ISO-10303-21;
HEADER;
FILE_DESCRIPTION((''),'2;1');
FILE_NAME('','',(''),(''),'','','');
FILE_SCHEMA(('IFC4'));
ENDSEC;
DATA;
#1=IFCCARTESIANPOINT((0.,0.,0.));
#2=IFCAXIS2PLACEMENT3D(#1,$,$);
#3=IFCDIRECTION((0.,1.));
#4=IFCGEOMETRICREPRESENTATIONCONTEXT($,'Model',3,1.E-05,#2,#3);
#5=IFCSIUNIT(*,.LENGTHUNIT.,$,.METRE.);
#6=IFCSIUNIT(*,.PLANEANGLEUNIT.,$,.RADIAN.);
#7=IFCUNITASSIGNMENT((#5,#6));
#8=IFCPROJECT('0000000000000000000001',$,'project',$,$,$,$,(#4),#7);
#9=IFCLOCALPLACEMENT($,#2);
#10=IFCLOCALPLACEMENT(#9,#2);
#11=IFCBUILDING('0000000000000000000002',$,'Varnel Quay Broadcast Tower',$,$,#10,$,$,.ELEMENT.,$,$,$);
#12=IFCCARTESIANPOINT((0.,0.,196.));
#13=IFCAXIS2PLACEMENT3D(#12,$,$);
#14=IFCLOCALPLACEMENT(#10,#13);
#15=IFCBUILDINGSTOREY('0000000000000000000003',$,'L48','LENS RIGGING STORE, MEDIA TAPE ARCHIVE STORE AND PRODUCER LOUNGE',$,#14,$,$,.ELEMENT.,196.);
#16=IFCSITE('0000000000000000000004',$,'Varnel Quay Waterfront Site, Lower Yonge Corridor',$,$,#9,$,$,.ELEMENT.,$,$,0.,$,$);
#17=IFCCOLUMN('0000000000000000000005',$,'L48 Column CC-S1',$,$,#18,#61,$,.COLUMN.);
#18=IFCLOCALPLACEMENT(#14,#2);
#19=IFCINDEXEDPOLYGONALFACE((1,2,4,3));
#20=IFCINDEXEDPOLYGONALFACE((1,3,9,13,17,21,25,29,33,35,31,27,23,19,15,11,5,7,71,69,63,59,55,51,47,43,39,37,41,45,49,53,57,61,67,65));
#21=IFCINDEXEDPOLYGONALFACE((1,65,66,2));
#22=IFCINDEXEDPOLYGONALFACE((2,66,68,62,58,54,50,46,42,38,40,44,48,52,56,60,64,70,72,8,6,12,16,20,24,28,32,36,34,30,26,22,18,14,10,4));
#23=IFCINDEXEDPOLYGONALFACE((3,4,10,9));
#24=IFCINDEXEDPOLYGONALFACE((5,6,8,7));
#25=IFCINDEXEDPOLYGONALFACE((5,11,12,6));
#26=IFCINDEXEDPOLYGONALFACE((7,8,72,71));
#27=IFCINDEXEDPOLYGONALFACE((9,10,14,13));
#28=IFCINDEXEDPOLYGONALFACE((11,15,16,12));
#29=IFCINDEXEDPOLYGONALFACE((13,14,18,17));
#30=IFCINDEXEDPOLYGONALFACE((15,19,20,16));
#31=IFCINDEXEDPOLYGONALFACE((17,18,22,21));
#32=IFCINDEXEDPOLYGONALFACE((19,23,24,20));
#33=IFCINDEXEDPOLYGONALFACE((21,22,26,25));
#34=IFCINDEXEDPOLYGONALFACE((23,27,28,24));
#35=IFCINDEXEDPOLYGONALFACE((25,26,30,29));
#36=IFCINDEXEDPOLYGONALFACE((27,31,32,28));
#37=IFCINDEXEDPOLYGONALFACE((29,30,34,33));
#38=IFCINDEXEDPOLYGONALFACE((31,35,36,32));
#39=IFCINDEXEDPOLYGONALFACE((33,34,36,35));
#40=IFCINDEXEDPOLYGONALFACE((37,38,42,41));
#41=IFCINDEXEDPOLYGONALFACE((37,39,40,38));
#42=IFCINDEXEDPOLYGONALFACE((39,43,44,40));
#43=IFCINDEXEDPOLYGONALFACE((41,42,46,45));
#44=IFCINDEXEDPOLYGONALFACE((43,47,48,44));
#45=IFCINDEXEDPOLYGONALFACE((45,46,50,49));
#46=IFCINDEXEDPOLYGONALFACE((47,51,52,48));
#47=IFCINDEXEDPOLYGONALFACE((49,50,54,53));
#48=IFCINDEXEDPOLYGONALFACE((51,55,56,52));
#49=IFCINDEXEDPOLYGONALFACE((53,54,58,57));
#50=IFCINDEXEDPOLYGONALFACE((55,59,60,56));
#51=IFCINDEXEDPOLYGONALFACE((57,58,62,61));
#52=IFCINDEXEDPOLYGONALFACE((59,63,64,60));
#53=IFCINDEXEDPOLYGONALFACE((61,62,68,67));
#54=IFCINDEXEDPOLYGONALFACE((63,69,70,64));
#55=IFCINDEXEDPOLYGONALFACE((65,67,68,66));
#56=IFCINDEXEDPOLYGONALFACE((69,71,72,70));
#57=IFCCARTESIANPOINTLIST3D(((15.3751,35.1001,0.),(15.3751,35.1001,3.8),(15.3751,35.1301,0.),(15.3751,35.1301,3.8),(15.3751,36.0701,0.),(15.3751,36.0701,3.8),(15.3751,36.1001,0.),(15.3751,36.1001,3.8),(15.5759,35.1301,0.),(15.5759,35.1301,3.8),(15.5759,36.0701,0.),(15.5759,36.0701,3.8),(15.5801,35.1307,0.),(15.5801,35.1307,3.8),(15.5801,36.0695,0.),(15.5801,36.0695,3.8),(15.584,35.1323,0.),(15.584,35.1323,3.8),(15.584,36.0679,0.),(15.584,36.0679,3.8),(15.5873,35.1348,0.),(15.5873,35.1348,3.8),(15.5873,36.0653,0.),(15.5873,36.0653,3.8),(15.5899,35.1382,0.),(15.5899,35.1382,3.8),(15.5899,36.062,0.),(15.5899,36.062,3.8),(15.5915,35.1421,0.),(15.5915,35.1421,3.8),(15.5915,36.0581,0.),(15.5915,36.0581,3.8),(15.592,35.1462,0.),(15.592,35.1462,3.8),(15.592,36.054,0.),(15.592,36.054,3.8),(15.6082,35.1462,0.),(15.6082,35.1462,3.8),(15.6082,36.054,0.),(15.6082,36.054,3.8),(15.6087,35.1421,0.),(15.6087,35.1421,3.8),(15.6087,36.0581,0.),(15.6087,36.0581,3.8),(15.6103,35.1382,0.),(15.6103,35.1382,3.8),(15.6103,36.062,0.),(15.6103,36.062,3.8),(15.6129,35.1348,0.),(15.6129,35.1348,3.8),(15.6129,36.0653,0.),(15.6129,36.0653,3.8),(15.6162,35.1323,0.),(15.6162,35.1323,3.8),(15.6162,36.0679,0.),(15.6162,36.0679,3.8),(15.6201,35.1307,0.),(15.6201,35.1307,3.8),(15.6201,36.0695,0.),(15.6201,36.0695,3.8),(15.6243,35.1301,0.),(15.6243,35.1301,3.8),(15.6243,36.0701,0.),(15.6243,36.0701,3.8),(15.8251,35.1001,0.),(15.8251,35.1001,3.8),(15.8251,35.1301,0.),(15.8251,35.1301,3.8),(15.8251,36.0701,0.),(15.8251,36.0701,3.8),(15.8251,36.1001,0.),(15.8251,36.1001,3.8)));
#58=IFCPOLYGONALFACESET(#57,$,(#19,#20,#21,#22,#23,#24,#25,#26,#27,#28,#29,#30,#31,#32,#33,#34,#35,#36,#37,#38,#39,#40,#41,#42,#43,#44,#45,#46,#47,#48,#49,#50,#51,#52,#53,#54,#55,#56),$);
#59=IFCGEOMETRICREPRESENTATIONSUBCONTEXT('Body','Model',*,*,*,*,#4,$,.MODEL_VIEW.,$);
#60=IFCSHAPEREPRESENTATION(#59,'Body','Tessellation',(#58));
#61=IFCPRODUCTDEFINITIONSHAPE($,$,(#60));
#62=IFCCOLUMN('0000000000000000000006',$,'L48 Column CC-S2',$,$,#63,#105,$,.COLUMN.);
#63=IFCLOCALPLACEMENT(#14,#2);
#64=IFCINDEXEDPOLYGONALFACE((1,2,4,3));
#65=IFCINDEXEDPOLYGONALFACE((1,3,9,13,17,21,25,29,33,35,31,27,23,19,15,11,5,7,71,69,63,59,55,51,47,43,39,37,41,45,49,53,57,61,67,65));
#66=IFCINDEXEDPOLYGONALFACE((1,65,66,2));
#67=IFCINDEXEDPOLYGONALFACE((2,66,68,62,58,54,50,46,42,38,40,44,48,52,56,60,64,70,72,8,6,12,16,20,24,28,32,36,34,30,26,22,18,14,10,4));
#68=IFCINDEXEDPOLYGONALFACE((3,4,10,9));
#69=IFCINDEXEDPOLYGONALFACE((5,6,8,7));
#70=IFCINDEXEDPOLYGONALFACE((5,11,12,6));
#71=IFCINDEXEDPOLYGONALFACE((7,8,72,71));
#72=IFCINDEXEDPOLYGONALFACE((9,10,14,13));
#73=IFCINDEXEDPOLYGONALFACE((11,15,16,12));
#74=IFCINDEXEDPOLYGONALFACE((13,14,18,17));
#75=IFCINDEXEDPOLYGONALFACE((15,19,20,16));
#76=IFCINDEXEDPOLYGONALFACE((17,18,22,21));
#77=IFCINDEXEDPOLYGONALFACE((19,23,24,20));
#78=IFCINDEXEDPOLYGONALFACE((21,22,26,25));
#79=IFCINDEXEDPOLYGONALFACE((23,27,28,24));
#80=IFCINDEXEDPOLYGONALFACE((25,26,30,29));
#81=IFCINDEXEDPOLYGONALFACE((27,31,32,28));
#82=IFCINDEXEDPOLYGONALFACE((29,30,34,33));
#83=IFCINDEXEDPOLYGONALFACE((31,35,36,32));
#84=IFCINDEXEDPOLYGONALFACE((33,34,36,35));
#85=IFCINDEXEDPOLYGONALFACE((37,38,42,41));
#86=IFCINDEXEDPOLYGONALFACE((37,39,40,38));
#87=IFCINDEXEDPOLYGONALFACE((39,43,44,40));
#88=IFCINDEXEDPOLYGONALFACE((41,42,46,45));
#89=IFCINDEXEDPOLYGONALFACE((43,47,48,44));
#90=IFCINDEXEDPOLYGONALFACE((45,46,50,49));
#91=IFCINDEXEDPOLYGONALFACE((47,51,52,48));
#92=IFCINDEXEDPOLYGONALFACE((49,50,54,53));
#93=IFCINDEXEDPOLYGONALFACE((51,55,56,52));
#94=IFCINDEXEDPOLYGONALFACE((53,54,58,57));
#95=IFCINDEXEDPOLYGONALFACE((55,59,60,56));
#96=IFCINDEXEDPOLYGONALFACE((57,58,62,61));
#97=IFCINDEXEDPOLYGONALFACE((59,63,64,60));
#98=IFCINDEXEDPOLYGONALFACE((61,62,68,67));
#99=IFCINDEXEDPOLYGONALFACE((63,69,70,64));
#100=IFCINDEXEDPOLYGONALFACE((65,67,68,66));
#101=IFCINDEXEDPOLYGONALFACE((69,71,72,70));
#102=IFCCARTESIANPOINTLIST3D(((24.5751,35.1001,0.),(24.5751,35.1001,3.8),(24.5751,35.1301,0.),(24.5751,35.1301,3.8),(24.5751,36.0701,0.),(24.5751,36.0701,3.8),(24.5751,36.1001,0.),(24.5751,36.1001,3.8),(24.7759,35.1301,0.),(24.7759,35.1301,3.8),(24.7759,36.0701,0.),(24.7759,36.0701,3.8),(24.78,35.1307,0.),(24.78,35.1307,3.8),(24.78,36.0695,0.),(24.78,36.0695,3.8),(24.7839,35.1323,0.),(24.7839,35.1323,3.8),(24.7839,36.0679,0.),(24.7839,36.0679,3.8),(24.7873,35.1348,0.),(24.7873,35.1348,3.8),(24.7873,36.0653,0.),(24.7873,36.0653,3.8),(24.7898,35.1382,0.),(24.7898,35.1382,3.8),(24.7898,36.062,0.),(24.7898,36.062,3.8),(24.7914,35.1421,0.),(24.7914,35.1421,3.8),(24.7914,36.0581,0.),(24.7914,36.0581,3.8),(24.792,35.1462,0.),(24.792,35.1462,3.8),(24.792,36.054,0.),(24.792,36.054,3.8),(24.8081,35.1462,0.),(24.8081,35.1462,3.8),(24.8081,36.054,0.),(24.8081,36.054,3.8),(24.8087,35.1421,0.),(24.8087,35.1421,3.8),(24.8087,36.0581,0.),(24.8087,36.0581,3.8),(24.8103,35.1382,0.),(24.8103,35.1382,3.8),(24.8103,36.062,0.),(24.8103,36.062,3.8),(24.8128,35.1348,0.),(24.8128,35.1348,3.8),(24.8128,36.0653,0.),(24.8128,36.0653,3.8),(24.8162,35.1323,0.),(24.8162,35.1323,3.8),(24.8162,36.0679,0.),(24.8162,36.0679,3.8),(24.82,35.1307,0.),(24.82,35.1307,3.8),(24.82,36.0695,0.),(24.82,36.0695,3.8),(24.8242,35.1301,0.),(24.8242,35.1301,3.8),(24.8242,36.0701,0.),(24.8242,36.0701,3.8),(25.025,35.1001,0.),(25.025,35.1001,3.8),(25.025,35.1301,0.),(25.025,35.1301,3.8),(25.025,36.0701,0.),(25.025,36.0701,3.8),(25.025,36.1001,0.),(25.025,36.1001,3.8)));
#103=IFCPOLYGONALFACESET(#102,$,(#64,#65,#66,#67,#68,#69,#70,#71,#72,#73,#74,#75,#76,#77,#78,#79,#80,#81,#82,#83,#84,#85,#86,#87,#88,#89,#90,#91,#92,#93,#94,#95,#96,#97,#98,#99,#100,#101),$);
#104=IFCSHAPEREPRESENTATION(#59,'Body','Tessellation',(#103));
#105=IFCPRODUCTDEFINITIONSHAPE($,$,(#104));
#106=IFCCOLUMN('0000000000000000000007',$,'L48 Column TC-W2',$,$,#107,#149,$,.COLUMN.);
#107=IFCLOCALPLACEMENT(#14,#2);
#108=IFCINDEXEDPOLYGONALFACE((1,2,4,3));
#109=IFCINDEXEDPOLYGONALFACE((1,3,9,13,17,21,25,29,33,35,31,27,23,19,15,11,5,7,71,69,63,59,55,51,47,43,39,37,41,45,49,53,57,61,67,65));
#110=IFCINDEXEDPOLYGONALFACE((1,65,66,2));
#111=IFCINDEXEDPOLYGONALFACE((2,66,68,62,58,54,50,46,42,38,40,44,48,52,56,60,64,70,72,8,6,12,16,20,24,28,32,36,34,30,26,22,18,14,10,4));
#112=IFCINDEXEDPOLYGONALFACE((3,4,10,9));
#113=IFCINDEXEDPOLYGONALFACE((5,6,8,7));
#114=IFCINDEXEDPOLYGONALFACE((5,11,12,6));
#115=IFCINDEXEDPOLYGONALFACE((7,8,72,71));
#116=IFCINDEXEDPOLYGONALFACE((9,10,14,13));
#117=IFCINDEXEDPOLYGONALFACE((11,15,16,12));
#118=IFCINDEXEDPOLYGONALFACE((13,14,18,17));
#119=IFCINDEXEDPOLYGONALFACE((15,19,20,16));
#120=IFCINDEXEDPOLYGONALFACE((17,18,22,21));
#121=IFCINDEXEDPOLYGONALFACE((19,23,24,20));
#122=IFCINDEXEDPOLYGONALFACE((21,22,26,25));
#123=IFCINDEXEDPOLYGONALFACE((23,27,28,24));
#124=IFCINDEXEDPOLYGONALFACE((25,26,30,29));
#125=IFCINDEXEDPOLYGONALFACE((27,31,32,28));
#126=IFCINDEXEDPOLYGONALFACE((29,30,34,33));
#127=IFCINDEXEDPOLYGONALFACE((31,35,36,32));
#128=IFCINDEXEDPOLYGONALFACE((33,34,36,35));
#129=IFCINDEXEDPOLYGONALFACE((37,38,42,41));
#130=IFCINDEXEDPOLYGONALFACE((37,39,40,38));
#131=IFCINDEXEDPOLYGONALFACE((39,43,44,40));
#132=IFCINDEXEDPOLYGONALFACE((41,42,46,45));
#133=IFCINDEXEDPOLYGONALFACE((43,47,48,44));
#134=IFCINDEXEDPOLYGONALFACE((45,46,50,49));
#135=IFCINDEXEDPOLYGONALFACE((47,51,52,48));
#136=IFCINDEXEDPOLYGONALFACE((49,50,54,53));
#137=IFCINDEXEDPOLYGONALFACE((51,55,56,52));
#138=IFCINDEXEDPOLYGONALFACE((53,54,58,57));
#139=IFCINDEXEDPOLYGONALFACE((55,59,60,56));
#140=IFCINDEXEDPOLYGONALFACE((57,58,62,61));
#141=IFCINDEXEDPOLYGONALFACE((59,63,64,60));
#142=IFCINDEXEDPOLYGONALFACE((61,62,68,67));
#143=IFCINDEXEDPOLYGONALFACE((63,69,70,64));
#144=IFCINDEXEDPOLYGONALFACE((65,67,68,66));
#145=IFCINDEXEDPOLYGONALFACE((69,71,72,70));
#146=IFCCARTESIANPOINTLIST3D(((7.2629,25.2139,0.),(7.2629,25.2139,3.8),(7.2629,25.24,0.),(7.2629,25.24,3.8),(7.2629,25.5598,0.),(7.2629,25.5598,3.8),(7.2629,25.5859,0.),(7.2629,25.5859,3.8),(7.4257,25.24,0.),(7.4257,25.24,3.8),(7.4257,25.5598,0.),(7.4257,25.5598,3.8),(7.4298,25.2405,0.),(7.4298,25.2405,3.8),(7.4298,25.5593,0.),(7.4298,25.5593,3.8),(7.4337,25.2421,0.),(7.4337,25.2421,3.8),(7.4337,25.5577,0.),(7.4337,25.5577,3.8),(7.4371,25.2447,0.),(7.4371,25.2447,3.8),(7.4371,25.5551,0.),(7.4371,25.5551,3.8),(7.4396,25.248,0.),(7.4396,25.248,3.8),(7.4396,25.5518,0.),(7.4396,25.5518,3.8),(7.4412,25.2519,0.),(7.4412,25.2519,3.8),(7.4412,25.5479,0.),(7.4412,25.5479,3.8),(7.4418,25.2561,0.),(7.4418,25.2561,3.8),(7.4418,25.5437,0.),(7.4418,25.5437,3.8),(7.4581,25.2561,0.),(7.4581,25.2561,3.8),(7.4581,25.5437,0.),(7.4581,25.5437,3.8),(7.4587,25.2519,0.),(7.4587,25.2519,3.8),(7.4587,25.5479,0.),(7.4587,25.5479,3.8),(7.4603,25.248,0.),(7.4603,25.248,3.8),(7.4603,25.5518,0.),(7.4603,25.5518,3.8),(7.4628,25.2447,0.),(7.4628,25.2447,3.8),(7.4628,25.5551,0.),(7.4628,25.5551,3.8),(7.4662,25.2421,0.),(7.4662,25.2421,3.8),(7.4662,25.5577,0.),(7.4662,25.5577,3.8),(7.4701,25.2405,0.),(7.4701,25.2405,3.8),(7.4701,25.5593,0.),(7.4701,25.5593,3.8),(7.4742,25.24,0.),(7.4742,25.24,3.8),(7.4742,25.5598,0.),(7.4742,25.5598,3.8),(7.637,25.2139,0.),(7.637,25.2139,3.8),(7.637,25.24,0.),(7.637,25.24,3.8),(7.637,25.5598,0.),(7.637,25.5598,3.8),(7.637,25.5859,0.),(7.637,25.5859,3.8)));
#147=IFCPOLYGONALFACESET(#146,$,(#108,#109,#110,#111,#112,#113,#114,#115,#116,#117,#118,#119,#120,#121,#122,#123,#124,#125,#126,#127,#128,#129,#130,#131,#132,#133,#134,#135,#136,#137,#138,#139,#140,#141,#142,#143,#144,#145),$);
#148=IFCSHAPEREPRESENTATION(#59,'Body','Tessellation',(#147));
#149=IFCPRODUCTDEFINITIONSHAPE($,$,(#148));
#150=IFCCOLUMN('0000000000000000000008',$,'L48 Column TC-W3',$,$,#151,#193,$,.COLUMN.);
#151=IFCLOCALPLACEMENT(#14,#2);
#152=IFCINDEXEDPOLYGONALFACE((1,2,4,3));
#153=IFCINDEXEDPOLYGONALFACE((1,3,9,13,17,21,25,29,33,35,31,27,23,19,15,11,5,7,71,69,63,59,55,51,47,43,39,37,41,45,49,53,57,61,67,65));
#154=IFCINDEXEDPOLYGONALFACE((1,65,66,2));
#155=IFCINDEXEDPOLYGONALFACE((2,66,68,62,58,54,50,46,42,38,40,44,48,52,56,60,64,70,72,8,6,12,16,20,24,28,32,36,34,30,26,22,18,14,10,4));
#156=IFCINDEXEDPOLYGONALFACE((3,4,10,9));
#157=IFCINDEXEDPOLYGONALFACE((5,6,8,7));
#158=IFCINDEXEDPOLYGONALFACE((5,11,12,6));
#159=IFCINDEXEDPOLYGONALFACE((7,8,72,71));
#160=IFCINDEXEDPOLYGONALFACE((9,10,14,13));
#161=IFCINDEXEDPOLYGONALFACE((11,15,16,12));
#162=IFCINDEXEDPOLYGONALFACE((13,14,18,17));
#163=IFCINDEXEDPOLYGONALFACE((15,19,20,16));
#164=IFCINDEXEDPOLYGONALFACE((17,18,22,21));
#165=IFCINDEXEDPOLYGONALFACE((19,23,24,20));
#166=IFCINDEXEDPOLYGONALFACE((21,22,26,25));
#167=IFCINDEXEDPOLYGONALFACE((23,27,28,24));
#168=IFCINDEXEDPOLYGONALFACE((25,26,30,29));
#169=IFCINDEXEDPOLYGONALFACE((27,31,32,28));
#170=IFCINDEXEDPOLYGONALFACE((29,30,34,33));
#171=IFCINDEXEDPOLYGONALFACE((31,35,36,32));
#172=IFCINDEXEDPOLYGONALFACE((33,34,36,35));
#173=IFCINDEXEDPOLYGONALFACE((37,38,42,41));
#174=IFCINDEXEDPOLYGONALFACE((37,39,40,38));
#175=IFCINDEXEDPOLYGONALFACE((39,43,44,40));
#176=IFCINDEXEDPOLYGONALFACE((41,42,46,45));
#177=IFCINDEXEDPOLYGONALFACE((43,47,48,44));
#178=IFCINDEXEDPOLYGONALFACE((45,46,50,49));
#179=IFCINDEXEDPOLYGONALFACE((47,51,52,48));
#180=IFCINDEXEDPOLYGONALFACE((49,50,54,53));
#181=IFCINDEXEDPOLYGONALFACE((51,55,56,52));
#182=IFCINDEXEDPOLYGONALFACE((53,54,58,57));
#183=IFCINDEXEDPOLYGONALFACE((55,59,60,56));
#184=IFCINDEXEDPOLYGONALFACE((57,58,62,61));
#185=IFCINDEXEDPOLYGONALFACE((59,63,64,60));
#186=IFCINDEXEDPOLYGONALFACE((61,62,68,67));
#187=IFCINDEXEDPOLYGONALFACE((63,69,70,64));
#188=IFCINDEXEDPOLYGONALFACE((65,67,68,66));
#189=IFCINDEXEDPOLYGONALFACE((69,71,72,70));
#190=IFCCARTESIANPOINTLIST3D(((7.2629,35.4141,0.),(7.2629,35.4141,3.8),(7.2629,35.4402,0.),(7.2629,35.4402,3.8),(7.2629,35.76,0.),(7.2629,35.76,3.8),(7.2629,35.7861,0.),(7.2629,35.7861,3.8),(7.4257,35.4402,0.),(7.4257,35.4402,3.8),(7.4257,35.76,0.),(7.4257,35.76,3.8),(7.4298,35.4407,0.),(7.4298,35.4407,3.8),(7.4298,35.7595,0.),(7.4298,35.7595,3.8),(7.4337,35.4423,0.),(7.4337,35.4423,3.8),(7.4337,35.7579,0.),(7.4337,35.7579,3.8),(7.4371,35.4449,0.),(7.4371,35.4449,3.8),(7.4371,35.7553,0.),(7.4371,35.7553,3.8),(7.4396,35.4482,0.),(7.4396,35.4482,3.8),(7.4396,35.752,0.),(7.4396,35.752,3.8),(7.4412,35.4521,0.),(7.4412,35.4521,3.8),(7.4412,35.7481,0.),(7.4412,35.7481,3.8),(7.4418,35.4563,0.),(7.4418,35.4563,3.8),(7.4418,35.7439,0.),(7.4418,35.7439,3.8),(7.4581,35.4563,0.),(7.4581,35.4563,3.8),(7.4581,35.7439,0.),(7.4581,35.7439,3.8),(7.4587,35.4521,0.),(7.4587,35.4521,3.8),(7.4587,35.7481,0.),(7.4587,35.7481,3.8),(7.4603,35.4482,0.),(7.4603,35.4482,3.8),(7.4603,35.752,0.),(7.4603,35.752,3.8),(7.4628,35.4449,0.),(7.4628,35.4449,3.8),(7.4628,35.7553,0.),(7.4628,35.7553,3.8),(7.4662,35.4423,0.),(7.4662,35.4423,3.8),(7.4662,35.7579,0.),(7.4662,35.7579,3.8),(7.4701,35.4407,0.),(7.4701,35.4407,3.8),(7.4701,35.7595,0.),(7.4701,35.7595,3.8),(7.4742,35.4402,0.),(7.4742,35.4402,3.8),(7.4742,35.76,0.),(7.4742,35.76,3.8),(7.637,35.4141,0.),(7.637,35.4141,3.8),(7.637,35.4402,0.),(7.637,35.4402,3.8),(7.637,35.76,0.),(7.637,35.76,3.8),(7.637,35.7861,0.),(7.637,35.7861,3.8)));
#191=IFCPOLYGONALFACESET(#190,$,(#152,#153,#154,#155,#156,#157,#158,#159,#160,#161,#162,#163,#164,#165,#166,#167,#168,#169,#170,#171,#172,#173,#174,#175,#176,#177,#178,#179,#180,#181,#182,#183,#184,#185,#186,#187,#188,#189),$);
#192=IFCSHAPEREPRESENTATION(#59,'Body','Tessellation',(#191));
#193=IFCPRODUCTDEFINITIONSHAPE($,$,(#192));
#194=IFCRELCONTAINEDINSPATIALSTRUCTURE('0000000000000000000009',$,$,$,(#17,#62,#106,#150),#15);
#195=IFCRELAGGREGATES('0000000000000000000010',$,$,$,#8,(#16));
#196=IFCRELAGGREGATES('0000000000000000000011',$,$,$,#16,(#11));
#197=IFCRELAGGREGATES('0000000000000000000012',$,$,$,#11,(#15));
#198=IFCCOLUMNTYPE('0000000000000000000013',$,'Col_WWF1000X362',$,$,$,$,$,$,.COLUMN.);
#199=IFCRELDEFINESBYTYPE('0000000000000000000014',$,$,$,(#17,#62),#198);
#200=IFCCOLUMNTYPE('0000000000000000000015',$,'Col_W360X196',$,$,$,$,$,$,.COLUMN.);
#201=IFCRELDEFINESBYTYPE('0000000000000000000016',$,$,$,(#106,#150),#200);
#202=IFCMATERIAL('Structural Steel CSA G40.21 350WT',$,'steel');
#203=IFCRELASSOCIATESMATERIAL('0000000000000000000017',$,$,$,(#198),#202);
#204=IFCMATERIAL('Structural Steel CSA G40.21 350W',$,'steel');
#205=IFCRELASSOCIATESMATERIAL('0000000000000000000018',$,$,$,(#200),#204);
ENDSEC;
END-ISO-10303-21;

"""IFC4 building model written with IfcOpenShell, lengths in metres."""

from ifc_helpers import new_model, si_unit, direction, frame, origin, origin_2d, place, context, subcontext, project, spatial, i_section, extrude, source, transform, mapped, material, material_profile, profile_set, type_object, type_shapes, element, save


model = new_model("IFC4")

# Units and contexts
model_context = context("Model", 3, precision=1e-05, world=origin(), true_north=direction((0.0, 1.0)))
body_context = subcontext(model_context, "Body", "Model", "MODEL_VIEW")
ifc_project = project(units=[si_unit("LENGTHUNIT", "METRE"), si_unit("PLANEANGLEUNIT", "RADIAN")], contexts=[model_context])

# Site, building, storey
site_placement = place(None, origin())
site = spatial("IfcSite", under=ifc_project, at=site_placement, Name="Varnel Quay Waterfront Site, Lower Yonge Corridor", CompositionType="ELEMENT", RefElevation=0.0)
building_placement = place(site_placement, origin())
building = spatial("IfcBuilding", under=site, at=building_placement, Name="Varnel Quay Broadcast Tower", CompositionType="ELEMENT")
storey_placement = place(building_placement, frame((0.0, 0.0, 196.0)))
storey = spatial("IfcBuildingStorey", under=building, at=storey_placement, Name="L48", Description="LENS RIGGING STORE, MEDIA TAPE ARCHIVE STORE AND PRODUCER LOUNGE", CompositionType="ELEMENT", Elevation=196.0)

# Columns
ifc_material_1 = material(Name="Structural Steel CSA G40.21 350WT", Category="steel")
ifc_material_profile_1 = material_profile(ifc_material_1, i_section(OverallWidth=0.45, OverallDepth=1.0, WebThickness=0.0161, FlangeThickness=0.03, FilletRadius=0.0161, at=origin_2d()), Name="WWF1000X362")
ifc_profile_set_1 = profile_set([ifc_material_profile_1], Name="Structural Steel CSA G40.21 350WT")
column_type_1 = type_object("IfcColumnType", Name="Col_WWF1000X362", PredefinedType="COLUMN", material=ifc_profile_set_1)
shared_shape_1 = source(origin(), body_context, "Body", "SweptSolid", [
    extrude(i_section(OverallWidth=0.45, OverallDepth=1.0, WebThickness=0.0161, FlangeThickness=0.03, FilletRadius=0.0161, at=origin_2d()), origin(), (0.0, 0.0, 1.0), 3.8),
])
type_shapes(column_type_1, [shared_shape_1])
for number, where, z_axis, x_axis, name in (
    (1, (15.6001, 35.6001, 0.0), (0.0, 0.0, 1.0), (1.0, 0.0, 0.0), "L48 Column CC-S1"),
    (2, (24.8, 35.6001, 0.0), (0.0, 0.0, 1.0), (1.0, 0.0, 0.0), "L48 Column CC-S2"),
):
    element("IfcColumn", number, at=place(storey_placement, frame(where, z_axis=z_axis, x_axis=x_axis)), inside=storey, type_object=column_type_1, Name=name, PredefinedType="COLUMN", context=body_context, shape_type="MappedRepresentation", body=[
        mapped(shared_shape_1, transform((0.0, 0.0, 0.0), x_axis=(1.0, 0.0, 0.0), y_axis=(0.0, 1.0, 0.0), z_axis=(0.0, 0.0, 1.0), scale=1.0)),
    ])
ifc_material_2 = material(Name="Structural Steel CSA G40.21 350W", Category="steel")
ifc_material_profile_2 = material_profile(ifc_material_2, i_section(OverallWidth=0.374, OverallDepth=0.3721, WebThickness=0.0164, FlangeThickness=0.0261, FilletRadius=0.0161, at=origin_2d()), Name="W360X196")
ifc_profile_set_2 = profile_set([ifc_material_profile_2], Name="Structural Steel CSA G40.21 350W")
column_type_2 = type_object("IfcColumnType", Name="Col_W360X196", PredefinedType="COLUMN", material=ifc_profile_set_2)
shared_shape_2 = source(origin(), body_context, "Body", "SweptSolid", [
    extrude(i_section(OverallWidth=0.374, OverallDepth=0.3721, WebThickness=0.0164, FlangeThickness=0.0261, FilletRadius=0.0161, at=origin_2d()), origin(), (0.0, 0.0, 1.0), 3.8),
])
type_shapes(column_type_2, [shared_shape_2])
for number, where, z_axis, x_axis, name in (
    (3, (7.45, 25.3999, 0.0), (0.0, 0.0, 1.0), (1.0, 0.0, 0.0), "L48 Column TC-W2"),
    (4, (7.45, 35.6001, 0.0), (0.0, 0.0, 1.0), (1.0, 0.0, 0.0), "L48 Column TC-W3"),
):
    element("IfcColumn", number, at=place(storey_placement, frame(where, z_axis=z_axis, x_axis=x_axis)), inside=storey, type_object=column_type_2, Name=name, PredefinedType="COLUMN", context=body_context, shape_type="MappedRepresentation", body=[
        mapped(shared_shape_2, transform((0.0, 0.0, 0.0), x_axis=(1.0, 0.0, 0.0), y_axis=(0.0, 1.0, 0.0), z_axis=(0.0, 0.0, 1.0), scale=1.0)),
    ])

save(model, "model.ifc")
